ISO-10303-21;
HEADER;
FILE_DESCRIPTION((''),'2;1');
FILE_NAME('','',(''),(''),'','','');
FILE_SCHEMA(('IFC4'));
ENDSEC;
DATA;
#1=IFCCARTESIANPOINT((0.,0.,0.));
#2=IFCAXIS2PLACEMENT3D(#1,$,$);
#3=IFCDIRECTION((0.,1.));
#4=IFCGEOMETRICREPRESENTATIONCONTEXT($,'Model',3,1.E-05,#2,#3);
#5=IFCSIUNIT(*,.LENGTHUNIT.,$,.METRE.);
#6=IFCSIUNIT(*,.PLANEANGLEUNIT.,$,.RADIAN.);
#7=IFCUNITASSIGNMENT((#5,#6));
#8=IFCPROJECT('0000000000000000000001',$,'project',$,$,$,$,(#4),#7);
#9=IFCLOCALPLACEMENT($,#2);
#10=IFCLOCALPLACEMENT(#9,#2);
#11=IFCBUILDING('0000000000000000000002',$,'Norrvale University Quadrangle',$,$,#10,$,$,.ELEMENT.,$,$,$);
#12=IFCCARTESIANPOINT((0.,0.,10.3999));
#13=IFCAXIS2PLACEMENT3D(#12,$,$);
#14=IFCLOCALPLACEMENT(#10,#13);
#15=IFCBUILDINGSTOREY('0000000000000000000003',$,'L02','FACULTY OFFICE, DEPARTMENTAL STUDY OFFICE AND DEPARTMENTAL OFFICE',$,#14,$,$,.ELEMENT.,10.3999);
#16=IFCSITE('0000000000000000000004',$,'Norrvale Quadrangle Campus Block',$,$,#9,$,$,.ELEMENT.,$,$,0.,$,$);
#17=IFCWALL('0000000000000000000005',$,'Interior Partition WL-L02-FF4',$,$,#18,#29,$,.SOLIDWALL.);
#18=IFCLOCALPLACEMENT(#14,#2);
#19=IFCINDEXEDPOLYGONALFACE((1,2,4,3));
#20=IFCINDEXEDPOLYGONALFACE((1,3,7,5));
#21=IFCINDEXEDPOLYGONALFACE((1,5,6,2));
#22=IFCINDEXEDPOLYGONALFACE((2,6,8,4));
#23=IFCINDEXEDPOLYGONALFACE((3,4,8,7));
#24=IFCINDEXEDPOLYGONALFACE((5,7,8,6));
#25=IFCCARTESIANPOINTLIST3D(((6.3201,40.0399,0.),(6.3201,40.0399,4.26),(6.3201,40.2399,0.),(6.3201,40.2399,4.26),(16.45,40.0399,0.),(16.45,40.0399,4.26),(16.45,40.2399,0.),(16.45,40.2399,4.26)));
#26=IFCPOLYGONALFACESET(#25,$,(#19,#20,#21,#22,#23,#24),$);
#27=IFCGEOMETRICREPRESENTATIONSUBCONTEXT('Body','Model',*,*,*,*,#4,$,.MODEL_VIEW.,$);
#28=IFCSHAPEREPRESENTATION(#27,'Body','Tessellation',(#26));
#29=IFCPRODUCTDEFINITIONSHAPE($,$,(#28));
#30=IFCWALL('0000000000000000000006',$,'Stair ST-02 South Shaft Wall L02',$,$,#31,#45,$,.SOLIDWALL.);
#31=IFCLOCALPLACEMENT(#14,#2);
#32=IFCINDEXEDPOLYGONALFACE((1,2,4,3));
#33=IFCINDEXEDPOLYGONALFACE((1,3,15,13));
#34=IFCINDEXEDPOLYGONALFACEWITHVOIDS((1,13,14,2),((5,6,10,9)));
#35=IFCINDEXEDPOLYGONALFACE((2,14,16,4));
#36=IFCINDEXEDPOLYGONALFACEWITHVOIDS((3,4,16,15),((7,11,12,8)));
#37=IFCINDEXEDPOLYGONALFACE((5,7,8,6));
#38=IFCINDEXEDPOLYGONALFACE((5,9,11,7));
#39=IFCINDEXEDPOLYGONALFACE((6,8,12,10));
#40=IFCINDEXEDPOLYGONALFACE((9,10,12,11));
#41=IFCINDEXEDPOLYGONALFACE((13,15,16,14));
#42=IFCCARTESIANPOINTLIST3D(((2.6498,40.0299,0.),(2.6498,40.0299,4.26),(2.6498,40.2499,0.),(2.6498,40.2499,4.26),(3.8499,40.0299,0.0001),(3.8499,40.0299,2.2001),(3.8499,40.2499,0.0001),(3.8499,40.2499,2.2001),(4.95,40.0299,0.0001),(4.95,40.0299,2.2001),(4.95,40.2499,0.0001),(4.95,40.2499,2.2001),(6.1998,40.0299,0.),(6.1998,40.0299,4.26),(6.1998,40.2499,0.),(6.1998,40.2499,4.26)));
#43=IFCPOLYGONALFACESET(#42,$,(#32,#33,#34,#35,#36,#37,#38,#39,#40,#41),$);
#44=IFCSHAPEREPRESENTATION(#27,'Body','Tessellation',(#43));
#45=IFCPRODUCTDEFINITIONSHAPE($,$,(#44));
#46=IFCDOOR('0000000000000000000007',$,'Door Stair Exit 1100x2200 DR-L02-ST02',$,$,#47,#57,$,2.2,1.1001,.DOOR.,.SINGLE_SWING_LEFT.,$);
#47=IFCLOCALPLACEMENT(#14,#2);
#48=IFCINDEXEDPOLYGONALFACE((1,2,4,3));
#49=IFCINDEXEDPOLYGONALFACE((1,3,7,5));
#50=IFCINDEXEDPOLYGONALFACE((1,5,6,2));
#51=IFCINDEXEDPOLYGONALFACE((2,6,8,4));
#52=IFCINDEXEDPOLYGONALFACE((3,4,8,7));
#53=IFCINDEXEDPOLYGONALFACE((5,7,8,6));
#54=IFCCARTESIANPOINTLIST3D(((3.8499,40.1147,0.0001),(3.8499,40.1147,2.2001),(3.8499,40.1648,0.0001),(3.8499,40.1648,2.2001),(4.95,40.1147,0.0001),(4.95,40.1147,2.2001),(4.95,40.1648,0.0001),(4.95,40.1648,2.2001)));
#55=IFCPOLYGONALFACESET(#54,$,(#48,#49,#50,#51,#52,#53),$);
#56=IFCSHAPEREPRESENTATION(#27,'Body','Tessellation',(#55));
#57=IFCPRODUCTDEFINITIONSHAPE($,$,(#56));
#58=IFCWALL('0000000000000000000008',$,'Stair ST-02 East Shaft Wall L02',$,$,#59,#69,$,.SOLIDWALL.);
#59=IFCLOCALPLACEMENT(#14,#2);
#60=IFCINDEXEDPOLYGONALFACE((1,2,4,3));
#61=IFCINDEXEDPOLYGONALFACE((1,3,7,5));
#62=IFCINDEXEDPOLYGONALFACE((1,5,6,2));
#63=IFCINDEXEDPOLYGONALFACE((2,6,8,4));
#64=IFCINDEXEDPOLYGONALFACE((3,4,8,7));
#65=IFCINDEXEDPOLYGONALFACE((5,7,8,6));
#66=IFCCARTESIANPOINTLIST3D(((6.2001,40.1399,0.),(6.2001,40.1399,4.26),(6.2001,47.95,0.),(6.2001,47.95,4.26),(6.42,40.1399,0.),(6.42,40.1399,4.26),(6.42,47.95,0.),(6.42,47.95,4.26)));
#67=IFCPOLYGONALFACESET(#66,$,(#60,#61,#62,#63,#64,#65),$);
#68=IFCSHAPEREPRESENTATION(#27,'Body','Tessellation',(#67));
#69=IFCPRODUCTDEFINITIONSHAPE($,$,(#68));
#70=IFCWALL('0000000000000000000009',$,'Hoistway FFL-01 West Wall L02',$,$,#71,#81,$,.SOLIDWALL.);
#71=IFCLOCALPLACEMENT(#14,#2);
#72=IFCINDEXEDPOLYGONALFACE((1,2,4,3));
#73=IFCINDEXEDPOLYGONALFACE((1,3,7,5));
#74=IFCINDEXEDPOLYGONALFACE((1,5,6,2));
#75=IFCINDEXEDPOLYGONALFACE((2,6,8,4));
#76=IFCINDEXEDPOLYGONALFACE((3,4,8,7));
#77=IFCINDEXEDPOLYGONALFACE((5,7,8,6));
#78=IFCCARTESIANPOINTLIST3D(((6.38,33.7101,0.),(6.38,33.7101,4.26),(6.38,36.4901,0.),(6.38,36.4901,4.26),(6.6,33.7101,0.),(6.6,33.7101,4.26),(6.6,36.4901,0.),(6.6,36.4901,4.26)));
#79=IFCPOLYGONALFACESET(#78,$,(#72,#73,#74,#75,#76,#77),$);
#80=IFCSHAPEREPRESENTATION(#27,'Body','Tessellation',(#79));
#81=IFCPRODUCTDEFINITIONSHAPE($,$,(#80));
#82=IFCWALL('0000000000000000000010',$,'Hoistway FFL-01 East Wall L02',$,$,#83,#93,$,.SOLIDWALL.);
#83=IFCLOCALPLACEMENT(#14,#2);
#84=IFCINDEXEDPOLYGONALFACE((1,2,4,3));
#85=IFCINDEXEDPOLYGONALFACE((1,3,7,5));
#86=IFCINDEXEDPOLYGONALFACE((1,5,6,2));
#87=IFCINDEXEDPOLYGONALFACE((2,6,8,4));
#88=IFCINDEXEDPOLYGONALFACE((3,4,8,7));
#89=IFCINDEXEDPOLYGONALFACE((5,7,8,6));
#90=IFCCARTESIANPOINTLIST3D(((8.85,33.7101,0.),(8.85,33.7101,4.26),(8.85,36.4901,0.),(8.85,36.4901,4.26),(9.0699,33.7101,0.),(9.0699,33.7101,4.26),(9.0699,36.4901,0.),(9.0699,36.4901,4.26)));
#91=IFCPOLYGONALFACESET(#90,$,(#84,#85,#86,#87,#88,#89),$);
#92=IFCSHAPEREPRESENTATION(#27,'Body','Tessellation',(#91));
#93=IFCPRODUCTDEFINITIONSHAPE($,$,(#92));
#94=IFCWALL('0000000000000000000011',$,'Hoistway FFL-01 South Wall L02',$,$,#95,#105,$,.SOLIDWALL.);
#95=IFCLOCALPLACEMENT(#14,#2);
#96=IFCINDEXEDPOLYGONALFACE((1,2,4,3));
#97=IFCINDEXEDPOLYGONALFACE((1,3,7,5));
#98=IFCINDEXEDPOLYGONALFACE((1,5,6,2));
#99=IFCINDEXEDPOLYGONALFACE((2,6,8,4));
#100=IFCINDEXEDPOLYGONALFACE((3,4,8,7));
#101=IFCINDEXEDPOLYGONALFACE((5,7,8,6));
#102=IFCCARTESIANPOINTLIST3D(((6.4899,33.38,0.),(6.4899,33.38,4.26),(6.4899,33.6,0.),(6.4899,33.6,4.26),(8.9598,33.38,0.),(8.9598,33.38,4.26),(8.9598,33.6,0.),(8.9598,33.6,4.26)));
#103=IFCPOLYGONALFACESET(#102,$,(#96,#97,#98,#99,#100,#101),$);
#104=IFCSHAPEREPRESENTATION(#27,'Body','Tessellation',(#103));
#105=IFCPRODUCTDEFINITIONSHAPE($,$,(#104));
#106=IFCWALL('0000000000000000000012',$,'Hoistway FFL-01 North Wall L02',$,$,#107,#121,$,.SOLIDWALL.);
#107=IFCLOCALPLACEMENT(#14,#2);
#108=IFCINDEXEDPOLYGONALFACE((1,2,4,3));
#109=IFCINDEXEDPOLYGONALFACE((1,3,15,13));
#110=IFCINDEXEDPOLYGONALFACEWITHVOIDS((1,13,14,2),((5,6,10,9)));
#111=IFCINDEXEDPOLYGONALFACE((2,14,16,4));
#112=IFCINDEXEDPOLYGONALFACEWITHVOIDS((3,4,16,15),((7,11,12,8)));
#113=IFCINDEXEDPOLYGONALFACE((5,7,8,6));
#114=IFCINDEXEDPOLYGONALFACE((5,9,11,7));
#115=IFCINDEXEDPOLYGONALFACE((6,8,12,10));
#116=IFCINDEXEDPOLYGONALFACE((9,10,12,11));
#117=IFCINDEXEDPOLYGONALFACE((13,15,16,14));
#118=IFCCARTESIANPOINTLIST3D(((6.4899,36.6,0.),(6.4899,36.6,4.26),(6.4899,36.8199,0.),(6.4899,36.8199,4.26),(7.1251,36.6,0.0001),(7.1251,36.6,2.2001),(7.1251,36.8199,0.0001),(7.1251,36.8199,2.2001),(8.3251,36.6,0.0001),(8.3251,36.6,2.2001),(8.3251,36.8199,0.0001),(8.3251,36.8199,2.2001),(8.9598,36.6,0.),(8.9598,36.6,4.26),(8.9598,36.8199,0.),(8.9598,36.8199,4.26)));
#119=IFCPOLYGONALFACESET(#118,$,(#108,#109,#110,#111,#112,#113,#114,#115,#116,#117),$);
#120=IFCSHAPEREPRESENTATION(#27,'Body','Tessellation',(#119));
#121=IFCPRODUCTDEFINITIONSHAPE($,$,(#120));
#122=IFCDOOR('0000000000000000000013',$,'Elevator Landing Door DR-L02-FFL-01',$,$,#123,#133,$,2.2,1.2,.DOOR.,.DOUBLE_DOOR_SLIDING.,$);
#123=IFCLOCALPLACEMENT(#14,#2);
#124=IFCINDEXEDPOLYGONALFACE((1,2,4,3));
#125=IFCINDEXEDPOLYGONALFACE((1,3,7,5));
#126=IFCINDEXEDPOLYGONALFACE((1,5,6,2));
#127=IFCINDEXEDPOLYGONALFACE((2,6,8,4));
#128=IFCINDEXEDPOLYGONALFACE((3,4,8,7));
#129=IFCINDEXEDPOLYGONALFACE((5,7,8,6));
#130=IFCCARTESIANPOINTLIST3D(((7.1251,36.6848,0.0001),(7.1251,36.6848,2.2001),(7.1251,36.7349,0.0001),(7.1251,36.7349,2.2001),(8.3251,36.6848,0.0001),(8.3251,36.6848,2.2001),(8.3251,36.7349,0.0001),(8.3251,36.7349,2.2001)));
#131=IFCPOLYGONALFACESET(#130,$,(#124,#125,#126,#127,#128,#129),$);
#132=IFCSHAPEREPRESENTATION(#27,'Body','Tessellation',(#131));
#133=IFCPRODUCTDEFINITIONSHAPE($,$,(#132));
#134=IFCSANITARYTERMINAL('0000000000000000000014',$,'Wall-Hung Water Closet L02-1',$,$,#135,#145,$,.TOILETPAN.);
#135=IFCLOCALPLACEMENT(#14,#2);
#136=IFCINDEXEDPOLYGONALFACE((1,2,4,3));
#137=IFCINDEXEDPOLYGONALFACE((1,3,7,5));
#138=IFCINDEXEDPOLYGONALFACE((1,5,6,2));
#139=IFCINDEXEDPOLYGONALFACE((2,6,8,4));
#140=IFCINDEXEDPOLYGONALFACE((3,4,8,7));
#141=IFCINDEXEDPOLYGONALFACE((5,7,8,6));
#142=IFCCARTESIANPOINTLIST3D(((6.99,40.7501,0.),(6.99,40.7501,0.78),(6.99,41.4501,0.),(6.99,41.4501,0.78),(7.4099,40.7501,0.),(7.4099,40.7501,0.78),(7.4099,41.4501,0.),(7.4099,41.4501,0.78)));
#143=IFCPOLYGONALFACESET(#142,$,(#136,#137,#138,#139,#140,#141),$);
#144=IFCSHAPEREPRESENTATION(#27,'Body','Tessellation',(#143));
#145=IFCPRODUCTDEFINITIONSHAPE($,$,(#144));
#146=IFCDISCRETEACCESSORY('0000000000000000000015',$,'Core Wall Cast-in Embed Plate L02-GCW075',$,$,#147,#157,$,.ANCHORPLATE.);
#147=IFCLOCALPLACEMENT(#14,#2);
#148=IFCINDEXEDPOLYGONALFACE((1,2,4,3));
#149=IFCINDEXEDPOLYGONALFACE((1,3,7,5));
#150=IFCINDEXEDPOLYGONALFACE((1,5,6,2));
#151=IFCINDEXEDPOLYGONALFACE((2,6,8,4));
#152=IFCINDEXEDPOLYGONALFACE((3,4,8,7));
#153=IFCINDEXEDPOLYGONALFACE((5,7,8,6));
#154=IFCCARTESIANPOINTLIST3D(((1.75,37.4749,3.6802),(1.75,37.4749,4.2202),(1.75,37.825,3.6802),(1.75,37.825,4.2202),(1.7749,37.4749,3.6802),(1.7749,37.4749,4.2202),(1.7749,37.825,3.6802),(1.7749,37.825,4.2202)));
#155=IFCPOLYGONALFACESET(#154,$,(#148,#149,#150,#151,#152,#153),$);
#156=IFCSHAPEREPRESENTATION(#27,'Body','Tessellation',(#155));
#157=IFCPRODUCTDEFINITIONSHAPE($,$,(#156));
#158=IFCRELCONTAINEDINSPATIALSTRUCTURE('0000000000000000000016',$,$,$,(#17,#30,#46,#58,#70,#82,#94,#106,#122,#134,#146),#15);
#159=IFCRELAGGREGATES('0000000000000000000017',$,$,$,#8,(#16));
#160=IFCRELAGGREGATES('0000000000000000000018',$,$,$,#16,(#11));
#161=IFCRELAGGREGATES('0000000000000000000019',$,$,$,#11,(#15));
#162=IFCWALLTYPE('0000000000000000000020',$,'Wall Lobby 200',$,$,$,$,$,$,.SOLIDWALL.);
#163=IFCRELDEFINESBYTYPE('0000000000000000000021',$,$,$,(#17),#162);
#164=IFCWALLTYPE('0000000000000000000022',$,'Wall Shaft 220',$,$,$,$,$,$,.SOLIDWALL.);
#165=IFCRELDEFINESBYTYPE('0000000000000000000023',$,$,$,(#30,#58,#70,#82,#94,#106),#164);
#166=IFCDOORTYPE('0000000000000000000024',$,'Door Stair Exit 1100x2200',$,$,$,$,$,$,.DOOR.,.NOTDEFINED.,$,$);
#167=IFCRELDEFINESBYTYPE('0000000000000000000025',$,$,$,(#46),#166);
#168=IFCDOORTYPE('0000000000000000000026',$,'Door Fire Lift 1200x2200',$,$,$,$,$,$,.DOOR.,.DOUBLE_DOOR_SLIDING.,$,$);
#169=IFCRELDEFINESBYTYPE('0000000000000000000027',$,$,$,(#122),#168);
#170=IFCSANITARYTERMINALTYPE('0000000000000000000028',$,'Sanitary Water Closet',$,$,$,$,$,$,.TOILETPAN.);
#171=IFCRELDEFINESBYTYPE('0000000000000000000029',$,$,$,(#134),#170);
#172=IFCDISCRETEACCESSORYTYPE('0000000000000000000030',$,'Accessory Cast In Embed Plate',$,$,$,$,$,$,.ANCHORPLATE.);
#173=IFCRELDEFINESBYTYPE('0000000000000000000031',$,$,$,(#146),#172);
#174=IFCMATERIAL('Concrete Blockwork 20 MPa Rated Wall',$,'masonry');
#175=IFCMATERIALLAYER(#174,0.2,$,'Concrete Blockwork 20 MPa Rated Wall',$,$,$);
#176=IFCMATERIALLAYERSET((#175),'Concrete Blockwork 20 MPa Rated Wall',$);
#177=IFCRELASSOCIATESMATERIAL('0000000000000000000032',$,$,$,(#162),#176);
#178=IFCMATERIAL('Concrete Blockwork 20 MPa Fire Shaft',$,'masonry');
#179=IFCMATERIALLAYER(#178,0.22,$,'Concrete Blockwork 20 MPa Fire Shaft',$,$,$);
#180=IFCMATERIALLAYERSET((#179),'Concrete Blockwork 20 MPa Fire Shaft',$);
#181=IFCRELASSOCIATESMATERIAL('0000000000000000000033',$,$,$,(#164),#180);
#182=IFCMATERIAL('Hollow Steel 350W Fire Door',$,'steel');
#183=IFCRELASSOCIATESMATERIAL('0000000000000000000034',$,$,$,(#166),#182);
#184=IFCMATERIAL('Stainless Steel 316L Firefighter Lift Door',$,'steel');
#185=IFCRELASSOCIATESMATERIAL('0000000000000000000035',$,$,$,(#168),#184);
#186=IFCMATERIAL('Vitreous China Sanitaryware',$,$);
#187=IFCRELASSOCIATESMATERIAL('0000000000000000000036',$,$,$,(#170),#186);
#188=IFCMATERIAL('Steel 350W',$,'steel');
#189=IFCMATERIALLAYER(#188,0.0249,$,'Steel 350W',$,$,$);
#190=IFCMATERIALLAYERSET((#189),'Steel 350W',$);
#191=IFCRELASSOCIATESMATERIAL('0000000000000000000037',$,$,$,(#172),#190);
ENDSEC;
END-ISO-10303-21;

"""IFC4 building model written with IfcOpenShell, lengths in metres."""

from ifc_helpers import new_model, si_unit, direction, frame, frame_2d, origin, origin_2d, place, context, subcontext, project, spatial, rectangle, extrude, material, layer, layer_set, type_object, element, fill, save


model = new_model("IFC4")

# Units and contexts
model_context = context("Model", 3, precision=1e-05, world=origin(), true_north=direction((0.0, 1.0)))
body_context = subcontext(model_context, "Body", "Model", "MODEL_VIEW")
ifc_project = project(units=[si_unit("LENGTHUNIT", "METRE"), si_unit("PLANEANGLEUNIT", "RADIAN")], contexts=[model_context])

# Site, building, storey
site_placement = place(None, origin())
site = spatial("IfcSite", under=ifc_project, at=site_placement, Name="Norrvale Quadrangle Campus Block", CompositionType="ELEMENT", RefElevation=0.0)
building_placement = place(site_placement, origin())
building = spatial("IfcBuilding", under=site, at=building_placement, Name="Norrvale University Quadrangle", CompositionType="ELEMENT")
storey_placement = place(building_placement, frame((0.0, 0.0, 10.3999)))
storey = spatial("IfcBuildingStorey", under=building, at=storey_placement, Name="L02", Description="FACULTY OFFICE, DEPARTMENTAL STUDY OFFICE AND DEPARTMENTAL OFFICE", CompositionType="ELEMENT", Elevation=10.3999)

# Shared definitions
ifc_material_1 = material(Name="Steel 350W", Category="steel")

# Wall
ifc_material_2 = material(Name="Concrete Blockwork 20 MPa Rated Wall", Category="masonry")
ifc_layer_1 = layer(ifc_material_2, 0.2, Name="Concrete Blockwork 20 MPa Rated Wall")
ifc_layer_set_1 = layer_set([ifc_layer_1], Name="Concrete Blockwork 20 MPa Rated Wall")
wall_type_1 = type_object("IfcWallType", Name="Wall Lobby 200", PredefinedType="SOLIDWALL", material=ifc_layer_set_1)
wall_1_placement = place(storey_placement, frame((6.3201, 40.1399, 0.0), z_axis=(0.0, 0.0, 1.0), x_axis=(1.0, 0.0, 0.0)))
element("IfcWall", 1, at=wall_1_placement, inside=storey, type_object=wall_type_1, Name="Interior Partition WL-L02-FF4", PredefinedType="SOLIDWALL", context=body_context, shape_type="SweptSolid", body=[
    extrude(rectangle(XDim=10.1299, YDim=0.2, at=frame_2d((5.0649, 0.0))), origin(), (0.0, 0.0, 1.0), 4.26),
])

# Wall, opening, door
ifc_material_3 = material(Name="Concrete Blockwork 20 MPa Fire Shaft", Category="masonry")
ifc_layer_2 = layer(ifc_material_3, 0.22, Name="Concrete Blockwork 20 MPa Fire Shaft")
ifc_layer_set_2 = layer_set([ifc_layer_2], Name="Concrete Blockwork 20 MPa Fire Shaft")
wall_type_2 = type_object("IfcWallType", Name="Wall Shaft 220", PredefinedType="SOLIDWALL", material=ifc_layer_set_2)
wall_2_placement = place(storey_placement, frame((2.6499, 40.1399, 0.0), z_axis=(0.0, 0.0, 1.0), x_axis=(1.0, 0.0, 0.0)))
wall_2 = element("IfcWall", 2, at=wall_2_placement, inside=storey, type_object=wall_type_2, Name="Stair ST-02 South Shaft Wall L02", PredefinedType="SOLIDWALL", context=body_context, shape_type="SweptSolid", body=[
    extrude(rectangle(XDim=3.55, YDim=0.22, at=frame_2d((1.7749, 0.0))), origin(), (0.0, 0.0, 1.0), 4.26),
])
opening_1_placement = place(wall_2_placement, frame((1.2, 0.0, 0.0)))
opening_1 = element("IfcOpeningElement", 3, at=opening_1_placement, cuts=wall_2, PredefinedType="OPENING", context=body_context, shape_type="SweptSolid", body=[
    extrude(rectangle(XDim=1.1001, YDim=2.2, at=frame_2d((0.55, 1.1001))), frame((0.0, 0.1221, 0.0), z_axis=(0.0, -1.0, 0.0), x_axis=(1.0, 0.0, 0.0)), (0.0, 0.0, 1.0), 0.2439),
])
ifc_material_4 = material(Name="Hollow Steel 350W Fire Door", Category="steel")
door_type_1 = type_object("IfcDoorType", Name="Door Stair Exit 1100x2200", OperationType="NOTDEFINED", PredefinedType="DOOR", material=ifc_material_4)
door_1_placement = place(opening_1_placement, origin())
door_1 = element("IfcDoor", 4, at=door_1_placement, inside=storey, type_object=door_type_1, Name="Door Stair Exit 1100x2200 DR-L02-ST02", OperationType="SINGLE_SWING_LEFT", OverallHeight=2.2, OverallWidth=1.1001, PredefinedType="DOOR", context=body_context, shape_type="SweptSolid", body=[
    extrude(rectangle(XDim=1.1001, YDim=2.2, at=frame_2d((0.55, 1.1001))), frame((0.0, 0.0249, 0.0), z_axis=(0.0, -1.0, 0.0), x_axis=(1.0, 0.0, 0.0)), (0.0, 0.0, 1.0), 0.05),
])
fill(opening_1, door_1)

# Walls
wall_3_placement = place(storey_placement, frame((6.3101, 40.1399, 0.0), z_axis=(0.0, 0.0, 1.0), x_axis=(0.0, 1.0, 0.0)))
element("IfcWall", 5, at=wall_3_placement, inside=storey, type_object=wall_type_2, Name="Stair ST-02 East Shaft Wall L02", PredefinedType="SOLIDWALL", context=body_context, shape_type="SweptSolid", body=[
    extrude(rectangle(XDim=7.8101, YDim=0.22, at=frame_2d((3.905, 0.0))), origin(), (0.0, 0.0, 1.0), 4.26),
])
for number, where, z_axis, x_axis, name in (
    (6, (6.49, 33.71, 0.0), (0.0, 0.0, 1.0), (0.0, 1.0, 0.0), "Hoistway FFL-01 West Wall L02"),
    (7, (8.96, 33.71, 0.0), (0.0, 0.0, 1.0), (0.0, 1.0, 0.0), "Hoistway FFL-01 East Wall L02"),
):
    element("IfcWall", number, at=place(storey_placement, frame(where, z_axis=z_axis, x_axis=x_axis)), inside=storey, type_object=wall_type_2, Name=name, PredefinedType="SOLIDWALL", context=body_context, shape_type="SweptSolid", body=[
        extrude(rectangle(XDim=2.78, YDim=0.22, at=frame_2d((1.3901, 0.0))), origin(), (0.0, 0.0, 1.0), 4.26),
    ])
wall_4_placement = place(storey_placement, frame((6.49, 33.49, 0.0), z_axis=(0.0, 0.0, 1.0), x_axis=(1.0, 0.0, 0.0)))
element("IfcWall", 8, at=wall_4_placement, inside=storey, type_object=wall_type_2, Name="Hoistway FFL-01 South Wall L02", PredefinedType="SOLIDWALL", context=body_context, shape_type="SweptSolid", body=[
    extrude(rectangle(XDim=2.47, YDim=0.22, at=frame_2d((1.2349, 0.0))), origin(), (0.0, 0.0, 1.0), 4.26),
])

# Wall, opening, door
wall_5_placement = place(storey_placement, frame((6.49, 36.71, 0.0), z_axis=(0.0, 0.0, 1.0), x_axis=(1.0, 0.0, 0.0)))
wall_5 = element("IfcWall", 9, at=wall_5_placement, inside=storey, type_object=wall_type_2, Name="Hoistway FFL-01 North Wall L02", PredefinedType="SOLIDWALL", context=body_context, shape_type="SweptSolid", body=[
    extrude(rectangle(XDim=2.47, YDim=0.22, at=frame_2d((1.2349, 0.0))), origin(), (0.0, 0.0, 1.0), 4.26),
])
opening_2_placement = place(wall_5_placement, frame((0.635, 0.0, 0.0)))
opening_2 = element("IfcOpeningElement", 10, at=opening_2_placement, cuts=wall_5, PredefinedType="OPENING", context=body_context, shape_type="SweptSolid", body=[
    extrude(rectangle(XDim=1.2, YDim=2.2, at=frame_2d((0.6001, 1.1001))), frame((0.0, 0.1221, 0.0), z_axis=(0.0, -1.0, 0.0), x_axis=(1.0, 0.0, 0.0)), (0.0, 0.0, 1.0), 0.2439),
])
ifc_material_5 = material(Name="Stainless Steel 316L Firefighter Lift Door", Category="steel")
door_type_2 = type_object("IfcDoorType", Name="Door Fire Lift 1200x2200", OperationType="DOUBLE_DOOR_SLIDING", PredefinedType="DOOR", material=ifc_material_5)
door_2_placement = place(opening_2_placement, origin())
door_2 = element("IfcDoor", 11, at=door_2_placement, inside=storey, type_object=door_type_2, Name="Elevator Landing Door DR-L02-FFL-01", OperationType="DOUBLE_DOOR_SLIDING", OverallHeight=2.2, OverallWidth=1.2, PredefinedType="DOOR", context=body_context, shape_type="SweptSolid", body=[
    extrude(rectangle(XDim=1.2, YDim=2.2, at=frame_2d((0.6001, 1.1001))), frame((0.0, 0.0249, 0.0), z_axis=(0.0, -1.0, 0.0), x_axis=(1.0, 0.0, 0.0)), (0.0, 0.0, 1.0), 0.05),
])
fill(opening_2, door_2)

# Sanitary terminal
ifc_material_6 = material(Name="Vitreous China Sanitaryware")
sanitary_terminal_type = type_object("IfcSanitaryTerminalType", Name="Sanitary Water Closet", PredefinedType="TOILETPAN", material=ifc_material_6)
sanitary_terminal_placement = place(storey_placement, frame((7.2, 41.1001, 0.0), z_axis=(0.0, 0.0, 1.0), x_axis=(1.0, 0.0, 0.0)))
element("IfcSanitaryTerminal", 12, at=sanitary_terminal_placement, inside=storey, type_object=sanitary_terminal_type, Name="Wall-Hung Water Closet L02-1", PredefinedType="TOILETPAN", context=body_context, shape_type="SweptSolid", body=[
    extrude(rectangle(XDim=0.4199, YDim=0.7, at=origin_2d()), origin(), (0.0, 0.0, 1.0), 0.78),
])

# Discrete accessory
ifc_layer_3 = layer(ifc_material_1, 0.0249, Name="Steel 350W")
ifc_layer_set_3 = layer_set([ifc_layer_3], Name="Steel 350W")
discrete_accessory_type = type_object("IfcDiscreteAccessoryType", Name="Accessory Cast In Embed Plate", PredefinedType="ANCHORPLATE", material=ifc_layer_set_3)
discrete_accessory_placement = place(storey_placement, frame((1.7625, 37.6499, 3.6802), z_axis=(0.0, 0.0, 1.0), x_axis=(1.0, 0.0, 0.0)))
element("IfcDiscreteAccessory", 13, at=discrete_accessory_placement, inside=storey, type_object=discrete_accessory_type, Name="Core Wall Cast-in Embed Plate L02-GCW075", PredefinedType="ANCHORPLATE", context=body_context, shape_type="SweptSolid", body=[
    extrude(rectangle(XDim=0.0249, YDim=0.3501, at=origin_2d()), origin(), (0.0, 0.0, 1.0), 0.54),
])

save(model, "model.ifc")
